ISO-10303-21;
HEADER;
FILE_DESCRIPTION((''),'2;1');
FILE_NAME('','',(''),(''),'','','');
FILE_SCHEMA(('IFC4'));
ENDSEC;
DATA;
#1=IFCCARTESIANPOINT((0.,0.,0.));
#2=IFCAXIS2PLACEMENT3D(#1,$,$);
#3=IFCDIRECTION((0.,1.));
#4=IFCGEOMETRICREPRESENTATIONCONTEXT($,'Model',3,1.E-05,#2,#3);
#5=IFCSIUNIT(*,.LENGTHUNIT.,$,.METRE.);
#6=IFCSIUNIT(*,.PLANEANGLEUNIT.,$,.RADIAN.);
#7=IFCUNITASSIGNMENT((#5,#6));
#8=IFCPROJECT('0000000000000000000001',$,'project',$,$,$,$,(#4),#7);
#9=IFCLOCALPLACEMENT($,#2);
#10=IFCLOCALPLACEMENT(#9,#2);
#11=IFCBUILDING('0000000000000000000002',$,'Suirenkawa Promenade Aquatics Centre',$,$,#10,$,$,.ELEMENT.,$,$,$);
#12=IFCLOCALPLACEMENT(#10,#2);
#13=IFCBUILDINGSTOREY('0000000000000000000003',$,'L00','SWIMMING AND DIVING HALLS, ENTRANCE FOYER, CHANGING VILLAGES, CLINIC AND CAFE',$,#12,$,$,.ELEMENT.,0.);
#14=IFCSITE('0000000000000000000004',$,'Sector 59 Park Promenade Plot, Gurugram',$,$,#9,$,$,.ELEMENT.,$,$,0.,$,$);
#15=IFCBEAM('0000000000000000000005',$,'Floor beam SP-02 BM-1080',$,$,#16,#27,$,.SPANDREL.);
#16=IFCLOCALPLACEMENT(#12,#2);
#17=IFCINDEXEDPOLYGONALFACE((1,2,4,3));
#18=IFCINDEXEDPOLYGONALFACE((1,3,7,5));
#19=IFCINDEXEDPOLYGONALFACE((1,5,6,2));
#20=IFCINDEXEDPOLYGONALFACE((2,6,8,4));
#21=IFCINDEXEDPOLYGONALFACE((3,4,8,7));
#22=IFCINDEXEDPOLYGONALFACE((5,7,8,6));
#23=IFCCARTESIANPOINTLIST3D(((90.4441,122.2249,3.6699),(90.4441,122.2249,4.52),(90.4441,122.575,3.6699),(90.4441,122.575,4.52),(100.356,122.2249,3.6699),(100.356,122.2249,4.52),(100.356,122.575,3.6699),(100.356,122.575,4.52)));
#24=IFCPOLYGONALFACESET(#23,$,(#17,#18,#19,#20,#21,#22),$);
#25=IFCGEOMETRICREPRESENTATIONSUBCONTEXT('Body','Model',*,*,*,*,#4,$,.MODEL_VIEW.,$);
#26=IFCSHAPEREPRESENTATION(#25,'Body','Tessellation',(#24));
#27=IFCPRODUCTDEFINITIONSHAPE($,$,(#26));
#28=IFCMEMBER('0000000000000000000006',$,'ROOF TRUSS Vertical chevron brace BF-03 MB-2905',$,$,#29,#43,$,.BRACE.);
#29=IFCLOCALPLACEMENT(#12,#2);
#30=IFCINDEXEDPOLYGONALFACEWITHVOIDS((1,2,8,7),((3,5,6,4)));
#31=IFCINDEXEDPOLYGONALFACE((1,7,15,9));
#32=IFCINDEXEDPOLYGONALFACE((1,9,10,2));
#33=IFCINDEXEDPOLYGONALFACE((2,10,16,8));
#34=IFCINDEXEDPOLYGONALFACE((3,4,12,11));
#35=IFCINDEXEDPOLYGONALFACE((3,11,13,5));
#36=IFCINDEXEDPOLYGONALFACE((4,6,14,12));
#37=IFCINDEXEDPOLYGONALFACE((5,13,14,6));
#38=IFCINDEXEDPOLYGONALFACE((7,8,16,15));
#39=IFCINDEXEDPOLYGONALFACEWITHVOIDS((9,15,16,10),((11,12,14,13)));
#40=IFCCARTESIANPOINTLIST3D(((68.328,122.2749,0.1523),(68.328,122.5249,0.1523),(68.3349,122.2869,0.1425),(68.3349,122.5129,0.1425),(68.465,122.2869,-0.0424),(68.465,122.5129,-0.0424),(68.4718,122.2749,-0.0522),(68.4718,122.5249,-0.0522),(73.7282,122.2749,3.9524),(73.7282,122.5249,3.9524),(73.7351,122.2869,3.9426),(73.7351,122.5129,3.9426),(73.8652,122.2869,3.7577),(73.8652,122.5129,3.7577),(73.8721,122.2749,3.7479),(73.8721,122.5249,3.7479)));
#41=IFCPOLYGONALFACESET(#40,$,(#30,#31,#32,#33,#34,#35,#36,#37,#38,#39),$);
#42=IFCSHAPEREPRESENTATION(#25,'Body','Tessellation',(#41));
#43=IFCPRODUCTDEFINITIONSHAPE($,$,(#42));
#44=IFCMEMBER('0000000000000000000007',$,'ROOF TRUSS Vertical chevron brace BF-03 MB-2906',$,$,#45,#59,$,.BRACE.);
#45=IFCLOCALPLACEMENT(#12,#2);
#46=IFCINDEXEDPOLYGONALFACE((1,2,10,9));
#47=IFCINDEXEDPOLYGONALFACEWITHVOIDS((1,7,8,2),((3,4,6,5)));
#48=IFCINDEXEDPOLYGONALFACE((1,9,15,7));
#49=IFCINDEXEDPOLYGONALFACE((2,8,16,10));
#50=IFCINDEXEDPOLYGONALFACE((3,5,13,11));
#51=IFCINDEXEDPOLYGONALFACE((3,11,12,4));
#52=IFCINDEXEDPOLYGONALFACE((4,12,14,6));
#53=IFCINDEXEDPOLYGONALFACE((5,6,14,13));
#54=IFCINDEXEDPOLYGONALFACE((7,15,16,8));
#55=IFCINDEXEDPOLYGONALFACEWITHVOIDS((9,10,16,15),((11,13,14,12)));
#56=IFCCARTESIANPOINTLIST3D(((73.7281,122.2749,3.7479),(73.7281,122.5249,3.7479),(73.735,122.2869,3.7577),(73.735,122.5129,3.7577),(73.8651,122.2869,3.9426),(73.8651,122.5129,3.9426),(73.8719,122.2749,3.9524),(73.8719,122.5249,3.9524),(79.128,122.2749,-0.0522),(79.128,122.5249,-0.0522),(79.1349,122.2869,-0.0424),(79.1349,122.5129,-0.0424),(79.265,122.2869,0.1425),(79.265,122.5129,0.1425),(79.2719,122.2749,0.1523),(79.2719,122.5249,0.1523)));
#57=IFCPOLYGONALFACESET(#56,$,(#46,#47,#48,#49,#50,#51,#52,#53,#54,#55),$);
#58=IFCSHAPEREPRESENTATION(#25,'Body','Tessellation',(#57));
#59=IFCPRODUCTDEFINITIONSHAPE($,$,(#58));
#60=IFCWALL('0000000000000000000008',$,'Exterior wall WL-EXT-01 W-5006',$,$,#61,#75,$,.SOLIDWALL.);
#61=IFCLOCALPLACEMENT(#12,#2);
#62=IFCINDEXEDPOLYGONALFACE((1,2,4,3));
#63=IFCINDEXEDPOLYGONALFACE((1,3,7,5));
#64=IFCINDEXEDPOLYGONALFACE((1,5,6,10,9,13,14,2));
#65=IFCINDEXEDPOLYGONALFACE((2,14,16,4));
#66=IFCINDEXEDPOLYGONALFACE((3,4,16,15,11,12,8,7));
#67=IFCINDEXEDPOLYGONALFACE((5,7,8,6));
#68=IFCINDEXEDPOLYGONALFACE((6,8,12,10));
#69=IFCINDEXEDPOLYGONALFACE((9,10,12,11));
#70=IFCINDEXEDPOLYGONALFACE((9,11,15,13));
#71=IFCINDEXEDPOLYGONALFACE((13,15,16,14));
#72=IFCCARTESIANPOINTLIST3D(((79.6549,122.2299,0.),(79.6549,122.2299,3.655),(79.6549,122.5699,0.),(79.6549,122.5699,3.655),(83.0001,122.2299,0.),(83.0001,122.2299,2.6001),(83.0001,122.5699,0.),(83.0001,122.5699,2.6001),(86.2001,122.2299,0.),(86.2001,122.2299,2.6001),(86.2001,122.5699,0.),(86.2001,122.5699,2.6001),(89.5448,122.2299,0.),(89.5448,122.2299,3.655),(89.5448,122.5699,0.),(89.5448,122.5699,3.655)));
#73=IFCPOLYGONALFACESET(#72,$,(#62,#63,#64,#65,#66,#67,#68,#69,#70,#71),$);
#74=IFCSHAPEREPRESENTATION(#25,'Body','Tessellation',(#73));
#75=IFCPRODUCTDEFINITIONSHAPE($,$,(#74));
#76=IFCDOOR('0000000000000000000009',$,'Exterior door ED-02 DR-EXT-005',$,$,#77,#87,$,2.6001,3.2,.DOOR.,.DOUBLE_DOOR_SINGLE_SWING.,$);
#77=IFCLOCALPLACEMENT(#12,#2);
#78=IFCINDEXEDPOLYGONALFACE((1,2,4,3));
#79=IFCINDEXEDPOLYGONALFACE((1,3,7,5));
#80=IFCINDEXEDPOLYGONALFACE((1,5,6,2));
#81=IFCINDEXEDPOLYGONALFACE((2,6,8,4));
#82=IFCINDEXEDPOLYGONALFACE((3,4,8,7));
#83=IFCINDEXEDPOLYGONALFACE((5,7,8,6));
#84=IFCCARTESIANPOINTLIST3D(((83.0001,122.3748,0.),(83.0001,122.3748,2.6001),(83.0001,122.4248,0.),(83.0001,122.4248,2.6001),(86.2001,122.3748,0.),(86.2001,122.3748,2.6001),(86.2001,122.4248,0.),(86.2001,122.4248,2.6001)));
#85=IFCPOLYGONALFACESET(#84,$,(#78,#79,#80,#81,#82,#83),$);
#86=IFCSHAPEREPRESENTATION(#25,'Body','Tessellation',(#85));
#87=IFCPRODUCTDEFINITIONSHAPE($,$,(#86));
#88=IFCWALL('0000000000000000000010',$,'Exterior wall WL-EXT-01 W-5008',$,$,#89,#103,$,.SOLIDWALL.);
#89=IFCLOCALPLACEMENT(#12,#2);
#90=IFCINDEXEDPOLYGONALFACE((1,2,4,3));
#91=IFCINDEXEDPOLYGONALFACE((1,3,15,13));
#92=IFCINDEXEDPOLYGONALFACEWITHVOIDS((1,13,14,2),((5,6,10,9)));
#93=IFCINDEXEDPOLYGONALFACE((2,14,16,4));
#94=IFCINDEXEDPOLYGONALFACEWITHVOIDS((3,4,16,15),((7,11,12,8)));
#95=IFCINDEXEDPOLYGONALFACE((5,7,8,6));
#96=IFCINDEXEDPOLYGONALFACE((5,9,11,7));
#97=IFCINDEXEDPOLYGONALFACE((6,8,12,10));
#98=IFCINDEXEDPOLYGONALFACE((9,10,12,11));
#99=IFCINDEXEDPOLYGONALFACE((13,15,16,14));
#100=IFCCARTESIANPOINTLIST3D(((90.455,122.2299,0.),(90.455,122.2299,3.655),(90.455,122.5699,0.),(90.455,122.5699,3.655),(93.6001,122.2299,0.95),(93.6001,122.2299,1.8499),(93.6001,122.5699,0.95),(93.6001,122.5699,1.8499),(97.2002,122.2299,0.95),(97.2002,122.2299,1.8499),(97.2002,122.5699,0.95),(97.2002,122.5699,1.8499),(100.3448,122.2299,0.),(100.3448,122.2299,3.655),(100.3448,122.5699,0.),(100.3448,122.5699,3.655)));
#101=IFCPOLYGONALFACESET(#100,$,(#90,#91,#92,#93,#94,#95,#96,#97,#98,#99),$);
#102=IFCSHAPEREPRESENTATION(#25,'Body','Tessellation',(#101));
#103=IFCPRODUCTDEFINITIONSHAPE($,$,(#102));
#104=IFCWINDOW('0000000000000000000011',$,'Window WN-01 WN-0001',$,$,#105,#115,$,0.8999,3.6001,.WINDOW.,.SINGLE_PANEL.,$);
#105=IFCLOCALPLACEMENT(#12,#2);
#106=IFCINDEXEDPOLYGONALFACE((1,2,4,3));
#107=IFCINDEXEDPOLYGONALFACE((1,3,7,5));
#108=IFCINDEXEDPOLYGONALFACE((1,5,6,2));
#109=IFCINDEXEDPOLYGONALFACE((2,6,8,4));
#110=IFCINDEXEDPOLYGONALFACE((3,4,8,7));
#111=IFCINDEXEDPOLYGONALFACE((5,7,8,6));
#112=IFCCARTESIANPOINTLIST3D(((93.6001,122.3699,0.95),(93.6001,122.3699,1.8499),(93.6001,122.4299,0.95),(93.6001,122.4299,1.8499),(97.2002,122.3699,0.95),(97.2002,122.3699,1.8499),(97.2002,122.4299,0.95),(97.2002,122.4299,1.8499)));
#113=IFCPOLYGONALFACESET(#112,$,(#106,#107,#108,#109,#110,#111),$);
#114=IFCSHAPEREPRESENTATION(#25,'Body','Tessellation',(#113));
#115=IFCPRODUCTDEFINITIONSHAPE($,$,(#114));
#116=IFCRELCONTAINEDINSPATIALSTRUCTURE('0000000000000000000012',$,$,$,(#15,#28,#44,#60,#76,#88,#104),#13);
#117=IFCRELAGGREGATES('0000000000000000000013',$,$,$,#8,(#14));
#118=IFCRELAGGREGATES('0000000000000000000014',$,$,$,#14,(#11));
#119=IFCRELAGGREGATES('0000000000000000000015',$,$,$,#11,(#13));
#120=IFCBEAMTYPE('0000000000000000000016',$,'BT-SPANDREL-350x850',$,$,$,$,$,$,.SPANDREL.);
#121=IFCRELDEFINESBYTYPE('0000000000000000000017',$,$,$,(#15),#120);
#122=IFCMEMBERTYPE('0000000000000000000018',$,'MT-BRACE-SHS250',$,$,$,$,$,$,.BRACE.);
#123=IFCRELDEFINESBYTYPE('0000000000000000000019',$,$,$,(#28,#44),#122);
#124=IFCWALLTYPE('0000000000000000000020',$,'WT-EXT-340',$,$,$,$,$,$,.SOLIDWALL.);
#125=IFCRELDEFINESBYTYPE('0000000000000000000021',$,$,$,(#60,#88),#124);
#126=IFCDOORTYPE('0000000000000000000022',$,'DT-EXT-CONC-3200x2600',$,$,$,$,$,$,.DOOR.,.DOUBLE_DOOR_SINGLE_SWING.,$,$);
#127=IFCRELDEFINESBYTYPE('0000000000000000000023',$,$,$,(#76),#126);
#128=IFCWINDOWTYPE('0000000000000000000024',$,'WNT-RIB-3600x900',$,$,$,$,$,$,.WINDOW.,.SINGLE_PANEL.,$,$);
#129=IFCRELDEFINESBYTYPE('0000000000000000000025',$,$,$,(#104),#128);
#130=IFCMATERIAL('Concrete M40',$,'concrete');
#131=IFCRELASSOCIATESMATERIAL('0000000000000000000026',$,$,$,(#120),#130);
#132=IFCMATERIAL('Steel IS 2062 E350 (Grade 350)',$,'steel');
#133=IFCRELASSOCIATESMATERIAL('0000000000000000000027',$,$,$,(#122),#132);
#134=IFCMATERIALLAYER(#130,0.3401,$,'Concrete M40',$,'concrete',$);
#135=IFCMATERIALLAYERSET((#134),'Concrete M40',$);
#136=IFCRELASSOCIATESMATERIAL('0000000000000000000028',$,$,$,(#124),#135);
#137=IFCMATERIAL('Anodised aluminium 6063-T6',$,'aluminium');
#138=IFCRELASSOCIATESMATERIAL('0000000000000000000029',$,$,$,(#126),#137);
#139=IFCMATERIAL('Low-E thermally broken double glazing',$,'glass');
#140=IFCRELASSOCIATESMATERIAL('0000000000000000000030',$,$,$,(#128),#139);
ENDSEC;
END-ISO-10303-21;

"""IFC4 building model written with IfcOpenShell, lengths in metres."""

from ifc_helpers import new_model, si_unit, direction, frame, frame_2d, origin, origin_2d, place, context, subcontext, project, spatial, rectangle, hollow_rectangle, extrude, material, layer, layer_set, material_profile, profile_set, type_object, element, fill, save


model = new_model("IFC4")

# Units and contexts
model_context = context("Model", 3, precision=1e-05, world=origin(), true_north=direction((0.0, 1.0)))
body_context = subcontext(model_context, "Body", "Model", "MODEL_VIEW")
ifc_project = project(units=[si_unit("LENGTHUNIT", "METRE"), si_unit("PLANEANGLEUNIT", "RADIAN")], contexts=[model_context])

# Site, building, storey
site_placement = place(None, origin())
site = spatial("IfcSite", under=ifc_project, at=site_placement, Name="Sector 59 Park Promenade Plot, Gurugram", CompositionType="ELEMENT", RefElevation=0.0)
building_placement = place(site_placement, origin())
building = spatial("IfcBuilding", under=site, at=building_placement, Name="Suirenkawa Promenade Aquatics Centre", CompositionType="ELEMENT")
storey_placement = place(building_placement, origin())
storey = spatial("IfcBuildingStorey", under=building, at=storey_placement, Name="L00", Description="SWIMMING AND DIVING HALLS, ENTRANCE FOYER, CHANGING VILLAGES, CLINIC AND CAFE", CompositionType="ELEMENT", Elevation=0.0)

# Shared definitions
ifc_material_1 = material(Name="Concrete M40", Category="concrete")

# Beam
ifc_material_2 = material(Name="Steel IS 2062 E350 (Grade 350)", Category="steel")
ifc_material_profile_1 = material_profile(ifc_material_1, rectangle(XDim=0.3501, YDim=0.8501, at=origin_2d()), Name="RC SPANDREL 350x850", Category="concrete")
ifc_profile_set_1 = profile_set([ifc_material_profile_1], Name="Concrete M40")
beam_type_1 = type_object("IfcBeamType", Name="BT-SPANDREL-350x850", PredefinedType="SPANDREL", material=ifc_profile_set_1)
for number, where, z_axis, x_axis, name in (
    (1, (90.4441, 122.3999, 4.095), (1.0, 0.0, 0.0), (0.0, 1.0, 0.0), "Floor beam SP-02 BM-1080"),
):
    element("IfcBeam", number, at=place(storey_placement, frame(where, z_axis=z_axis, x_axis=x_axis)), inside=storey, type_object=beam_type_1, Name=name, PredefinedType="SPANDREL", context=body_context, shape_type="SweptSolid", body=[
        extrude(rectangle(XDim=0.3501, YDim=0.8501, at=origin_2d()), origin(), (0.0, 0.0, 1.0), 9.9119),
    ])

# Members
ifc_material_profile_2 = material_profile(ifc_material_2, hollow_rectangle(XDim=0.25, YDim=0.25, WallThickness=0.012, at=origin_2d()), Name="SHS 250x250x12", Category="steel")
ifc_profile_set_2 = profile_set([ifc_material_profile_2], Name="Steel IS 2062 E350 (Grade 350)")
member_type = type_object("IfcMemberType", Name="MT-BRACE-SHS250", PredefinedType="BRACE", material=ifc_profile_set_2)
member_1_placement = place(storey_placement, frame((68.3999, 122.3999, 0.05), z_axis=(0.81781, 0.0, 0.575488), x_axis=(0.0, 1.0, 0.0)))
element("IfcMember", 2, at=member_1_placement, inside=storey, type_object=member_type, Name="ROOF TRUSS Vertical chevron brace BF-03 MB-2905", PredefinedType="BRACE", context=body_context, shape_type="SweptSolid", body=[
    extrude(hollow_rectangle(XDim=0.25, YDim=0.25, WallThickness=0.012, at=origin_2d()), origin(), (0.0, 0.0, 1.0), 6.6033),
])
member_2_placement = place(storey_placement, frame((79.2, 122.3999, 0.05), z_axis=(-0.817798, 0.0, 0.575505), x_axis=(0.0, -1.0, 0.0)))
element("IfcMember", 3, at=member_2_placement, inside=storey, type_object=member_type, Name="ROOF TRUSS Vertical chevron brace BF-03 MB-2906", PredefinedType="BRACE", context=body_context, shape_type="SweptSolid", body=[
    extrude(hollow_rectangle(XDim=0.25, YDim=0.25, WallThickness=0.012, at=origin_2d()), origin(), (0.0, 0.0, 1.0), 6.603),
])

# Wall, opening, door
ifc_layer = layer(ifc_material_1, 0.3401, Name="Concrete M40", Category="concrete")
ifc_layer_set = layer_set([ifc_layer], Name="Concrete M40")
wall_type = type_object("IfcWallType", Name="WT-EXT-340", PredefinedType="SOLIDWALL", material=ifc_layer_set)
wall_1_placement = place(storey_placement, frame((79.655, 122.3999, 0.0), z_axis=(0.0, 0.0, 1.0), x_axis=(1.0, 0.0, 0.0)))
wall_1 = element("IfcWall", 4, at=wall_1_placement, inside=storey, type_object=wall_type, Name="Exterior wall WL-EXT-01 W-5006", PredefinedType="SOLIDWALL", context=body_context, shape_type="SweptSolid", body=[
    extrude(rectangle(XDim=9.8899, YDim=0.3401, at=frame_2d((4.9448, 0.0))), origin(), (0.0, 0.0, 1.0), 3.655),
])
opening_1_placement = place(wall_1_placement, frame((3.345, 0.0, 0.0)))
opening_1 = element("IfcOpeningElement", 5, at=opening_1_placement, cuts=wall_1, PredefinedType="OPENING", context=body_context, shape_type="SweptSolid", body=[
    extrude(rectangle(XDim=3.2, YDim=2.6001, at=frame_2d((1.6001, 1.3))), frame((0.0, 0.1799, 0.0), z_axis=(0.0, -1.0, 0.0), x_axis=(1.0, 0.0, 0.0)), (0.0, 0.0, 1.0), 0.3601),
])
ifc_material_3 = material(Name="Anodised aluminium 6063-T6", Category="aluminium")
door_type = type_object("IfcDoorType", Name="DT-EXT-CONC-3200x2600", OperationType="DOUBLE_DOOR_SINGLE_SWING", PredefinedType="DOOR", material=ifc_material_3)
door_placement = place(opening_1_placement, origin())
door = element("IfcDoor", 6, at=door_placement, inside=storey, type_object=door_type, Name="Exterior door ED-02 DR-EXT-005", OperationType="DOUBLE_DOOR_SINGLE_SWING", OverallHeight=2.6001, OverallWidth=3.2, PredefinedType="DOOR", context=body_context, shape_type="SweptSolid", body=[
    extrude(rectangle(XDim=3.2, YDim=2.6001, at=frame_2d((1.6001, 1.3))), frame((0.0, 0.0249, 0.0), z_axis=(0.0, -1.0, 0.0), x_axis=(1.0, 0.0, 0.0)), (0.0, 0.0, 1.0), 0.05),
])
fill(opening_1, door)

# Wall, opening, window
wall_2_placement = place(storey_placement, frame((90.4551, 122.3999, 0.0), z_axis=(0.0, 0.0, 1.0), x_axis=(1.0, 0.0, 0.0)))
wall_2 = element("IfcWall", 7, at=wall_2_placement, inside=storey, type_object=wall_type, Name="Exterior wall WL-EXT-01 W-5008", PredefinedType="SOLIDWALL", context=body_context, shape_type="SweptSolid", body=[
    extrude(rectangle(XDim=9.8899, YDim=0.3401, at=frame_2d((4.9448, 0.0))), origin(), (0.0, 0.0, 1.0), 3.655),
])
opening_2_placement = place(wall_2_placement, frame((3.145, 0.0, 0.95)))
opening_2 = element("IfcOpeningElement", 8, at=opening_2_placement, cuts=wall_2, PredefinedType="OPENING", context=body_context, shape_type="SweptSolid", body=[
    extrude(rectangle(XDim=3.6001, YDim=0.8999, at=frame_2d((1.8, 0.45))), frame((0.0, 0.1799, 0.0), z_axis=(0.0, -1.0, 0.0), x_axis=(1.0, 0.0, 0.0)), (0.0, 0.0, 1.0), 0.3601),
])
ifc_material_4 = material(Name="Low-E thermally broken double glazing", Category="glass")
window_type = type_object("IfcWindowType", Name="WNT-RIB-3600x900", PartitioningType="SINGLE_PANEL", PredefinedType="WINDOW", material=ifc_material_4)
window_placement = place(opening_2_placement, origin())
window = element("IfcWindow", 9, at=window_placement, inside=storey, type_object=window_type, Name="Window WN-01 WN-0001", OverallHeight=0.8999, OverallWidth=3.6001, PartitioningType="SINGLE_PANEL", PredefinedType="WINDOW", context=body_context, shape_type="SweptSolid", body=[
    extrude(rectangle(XDim=3.6001, YDim=0.8999, at=frame_2d((1.8, 0.45))), frame((0.0, 0.03, 0.0), z_axis=(0.0, -1.0, 0.0), x_axis=(1.0, 0.0, 0.0)), (0.0, 0.0, 1.0), 0.0601),
])
fill(opening_2, window)

save(model, "model.ifc")
